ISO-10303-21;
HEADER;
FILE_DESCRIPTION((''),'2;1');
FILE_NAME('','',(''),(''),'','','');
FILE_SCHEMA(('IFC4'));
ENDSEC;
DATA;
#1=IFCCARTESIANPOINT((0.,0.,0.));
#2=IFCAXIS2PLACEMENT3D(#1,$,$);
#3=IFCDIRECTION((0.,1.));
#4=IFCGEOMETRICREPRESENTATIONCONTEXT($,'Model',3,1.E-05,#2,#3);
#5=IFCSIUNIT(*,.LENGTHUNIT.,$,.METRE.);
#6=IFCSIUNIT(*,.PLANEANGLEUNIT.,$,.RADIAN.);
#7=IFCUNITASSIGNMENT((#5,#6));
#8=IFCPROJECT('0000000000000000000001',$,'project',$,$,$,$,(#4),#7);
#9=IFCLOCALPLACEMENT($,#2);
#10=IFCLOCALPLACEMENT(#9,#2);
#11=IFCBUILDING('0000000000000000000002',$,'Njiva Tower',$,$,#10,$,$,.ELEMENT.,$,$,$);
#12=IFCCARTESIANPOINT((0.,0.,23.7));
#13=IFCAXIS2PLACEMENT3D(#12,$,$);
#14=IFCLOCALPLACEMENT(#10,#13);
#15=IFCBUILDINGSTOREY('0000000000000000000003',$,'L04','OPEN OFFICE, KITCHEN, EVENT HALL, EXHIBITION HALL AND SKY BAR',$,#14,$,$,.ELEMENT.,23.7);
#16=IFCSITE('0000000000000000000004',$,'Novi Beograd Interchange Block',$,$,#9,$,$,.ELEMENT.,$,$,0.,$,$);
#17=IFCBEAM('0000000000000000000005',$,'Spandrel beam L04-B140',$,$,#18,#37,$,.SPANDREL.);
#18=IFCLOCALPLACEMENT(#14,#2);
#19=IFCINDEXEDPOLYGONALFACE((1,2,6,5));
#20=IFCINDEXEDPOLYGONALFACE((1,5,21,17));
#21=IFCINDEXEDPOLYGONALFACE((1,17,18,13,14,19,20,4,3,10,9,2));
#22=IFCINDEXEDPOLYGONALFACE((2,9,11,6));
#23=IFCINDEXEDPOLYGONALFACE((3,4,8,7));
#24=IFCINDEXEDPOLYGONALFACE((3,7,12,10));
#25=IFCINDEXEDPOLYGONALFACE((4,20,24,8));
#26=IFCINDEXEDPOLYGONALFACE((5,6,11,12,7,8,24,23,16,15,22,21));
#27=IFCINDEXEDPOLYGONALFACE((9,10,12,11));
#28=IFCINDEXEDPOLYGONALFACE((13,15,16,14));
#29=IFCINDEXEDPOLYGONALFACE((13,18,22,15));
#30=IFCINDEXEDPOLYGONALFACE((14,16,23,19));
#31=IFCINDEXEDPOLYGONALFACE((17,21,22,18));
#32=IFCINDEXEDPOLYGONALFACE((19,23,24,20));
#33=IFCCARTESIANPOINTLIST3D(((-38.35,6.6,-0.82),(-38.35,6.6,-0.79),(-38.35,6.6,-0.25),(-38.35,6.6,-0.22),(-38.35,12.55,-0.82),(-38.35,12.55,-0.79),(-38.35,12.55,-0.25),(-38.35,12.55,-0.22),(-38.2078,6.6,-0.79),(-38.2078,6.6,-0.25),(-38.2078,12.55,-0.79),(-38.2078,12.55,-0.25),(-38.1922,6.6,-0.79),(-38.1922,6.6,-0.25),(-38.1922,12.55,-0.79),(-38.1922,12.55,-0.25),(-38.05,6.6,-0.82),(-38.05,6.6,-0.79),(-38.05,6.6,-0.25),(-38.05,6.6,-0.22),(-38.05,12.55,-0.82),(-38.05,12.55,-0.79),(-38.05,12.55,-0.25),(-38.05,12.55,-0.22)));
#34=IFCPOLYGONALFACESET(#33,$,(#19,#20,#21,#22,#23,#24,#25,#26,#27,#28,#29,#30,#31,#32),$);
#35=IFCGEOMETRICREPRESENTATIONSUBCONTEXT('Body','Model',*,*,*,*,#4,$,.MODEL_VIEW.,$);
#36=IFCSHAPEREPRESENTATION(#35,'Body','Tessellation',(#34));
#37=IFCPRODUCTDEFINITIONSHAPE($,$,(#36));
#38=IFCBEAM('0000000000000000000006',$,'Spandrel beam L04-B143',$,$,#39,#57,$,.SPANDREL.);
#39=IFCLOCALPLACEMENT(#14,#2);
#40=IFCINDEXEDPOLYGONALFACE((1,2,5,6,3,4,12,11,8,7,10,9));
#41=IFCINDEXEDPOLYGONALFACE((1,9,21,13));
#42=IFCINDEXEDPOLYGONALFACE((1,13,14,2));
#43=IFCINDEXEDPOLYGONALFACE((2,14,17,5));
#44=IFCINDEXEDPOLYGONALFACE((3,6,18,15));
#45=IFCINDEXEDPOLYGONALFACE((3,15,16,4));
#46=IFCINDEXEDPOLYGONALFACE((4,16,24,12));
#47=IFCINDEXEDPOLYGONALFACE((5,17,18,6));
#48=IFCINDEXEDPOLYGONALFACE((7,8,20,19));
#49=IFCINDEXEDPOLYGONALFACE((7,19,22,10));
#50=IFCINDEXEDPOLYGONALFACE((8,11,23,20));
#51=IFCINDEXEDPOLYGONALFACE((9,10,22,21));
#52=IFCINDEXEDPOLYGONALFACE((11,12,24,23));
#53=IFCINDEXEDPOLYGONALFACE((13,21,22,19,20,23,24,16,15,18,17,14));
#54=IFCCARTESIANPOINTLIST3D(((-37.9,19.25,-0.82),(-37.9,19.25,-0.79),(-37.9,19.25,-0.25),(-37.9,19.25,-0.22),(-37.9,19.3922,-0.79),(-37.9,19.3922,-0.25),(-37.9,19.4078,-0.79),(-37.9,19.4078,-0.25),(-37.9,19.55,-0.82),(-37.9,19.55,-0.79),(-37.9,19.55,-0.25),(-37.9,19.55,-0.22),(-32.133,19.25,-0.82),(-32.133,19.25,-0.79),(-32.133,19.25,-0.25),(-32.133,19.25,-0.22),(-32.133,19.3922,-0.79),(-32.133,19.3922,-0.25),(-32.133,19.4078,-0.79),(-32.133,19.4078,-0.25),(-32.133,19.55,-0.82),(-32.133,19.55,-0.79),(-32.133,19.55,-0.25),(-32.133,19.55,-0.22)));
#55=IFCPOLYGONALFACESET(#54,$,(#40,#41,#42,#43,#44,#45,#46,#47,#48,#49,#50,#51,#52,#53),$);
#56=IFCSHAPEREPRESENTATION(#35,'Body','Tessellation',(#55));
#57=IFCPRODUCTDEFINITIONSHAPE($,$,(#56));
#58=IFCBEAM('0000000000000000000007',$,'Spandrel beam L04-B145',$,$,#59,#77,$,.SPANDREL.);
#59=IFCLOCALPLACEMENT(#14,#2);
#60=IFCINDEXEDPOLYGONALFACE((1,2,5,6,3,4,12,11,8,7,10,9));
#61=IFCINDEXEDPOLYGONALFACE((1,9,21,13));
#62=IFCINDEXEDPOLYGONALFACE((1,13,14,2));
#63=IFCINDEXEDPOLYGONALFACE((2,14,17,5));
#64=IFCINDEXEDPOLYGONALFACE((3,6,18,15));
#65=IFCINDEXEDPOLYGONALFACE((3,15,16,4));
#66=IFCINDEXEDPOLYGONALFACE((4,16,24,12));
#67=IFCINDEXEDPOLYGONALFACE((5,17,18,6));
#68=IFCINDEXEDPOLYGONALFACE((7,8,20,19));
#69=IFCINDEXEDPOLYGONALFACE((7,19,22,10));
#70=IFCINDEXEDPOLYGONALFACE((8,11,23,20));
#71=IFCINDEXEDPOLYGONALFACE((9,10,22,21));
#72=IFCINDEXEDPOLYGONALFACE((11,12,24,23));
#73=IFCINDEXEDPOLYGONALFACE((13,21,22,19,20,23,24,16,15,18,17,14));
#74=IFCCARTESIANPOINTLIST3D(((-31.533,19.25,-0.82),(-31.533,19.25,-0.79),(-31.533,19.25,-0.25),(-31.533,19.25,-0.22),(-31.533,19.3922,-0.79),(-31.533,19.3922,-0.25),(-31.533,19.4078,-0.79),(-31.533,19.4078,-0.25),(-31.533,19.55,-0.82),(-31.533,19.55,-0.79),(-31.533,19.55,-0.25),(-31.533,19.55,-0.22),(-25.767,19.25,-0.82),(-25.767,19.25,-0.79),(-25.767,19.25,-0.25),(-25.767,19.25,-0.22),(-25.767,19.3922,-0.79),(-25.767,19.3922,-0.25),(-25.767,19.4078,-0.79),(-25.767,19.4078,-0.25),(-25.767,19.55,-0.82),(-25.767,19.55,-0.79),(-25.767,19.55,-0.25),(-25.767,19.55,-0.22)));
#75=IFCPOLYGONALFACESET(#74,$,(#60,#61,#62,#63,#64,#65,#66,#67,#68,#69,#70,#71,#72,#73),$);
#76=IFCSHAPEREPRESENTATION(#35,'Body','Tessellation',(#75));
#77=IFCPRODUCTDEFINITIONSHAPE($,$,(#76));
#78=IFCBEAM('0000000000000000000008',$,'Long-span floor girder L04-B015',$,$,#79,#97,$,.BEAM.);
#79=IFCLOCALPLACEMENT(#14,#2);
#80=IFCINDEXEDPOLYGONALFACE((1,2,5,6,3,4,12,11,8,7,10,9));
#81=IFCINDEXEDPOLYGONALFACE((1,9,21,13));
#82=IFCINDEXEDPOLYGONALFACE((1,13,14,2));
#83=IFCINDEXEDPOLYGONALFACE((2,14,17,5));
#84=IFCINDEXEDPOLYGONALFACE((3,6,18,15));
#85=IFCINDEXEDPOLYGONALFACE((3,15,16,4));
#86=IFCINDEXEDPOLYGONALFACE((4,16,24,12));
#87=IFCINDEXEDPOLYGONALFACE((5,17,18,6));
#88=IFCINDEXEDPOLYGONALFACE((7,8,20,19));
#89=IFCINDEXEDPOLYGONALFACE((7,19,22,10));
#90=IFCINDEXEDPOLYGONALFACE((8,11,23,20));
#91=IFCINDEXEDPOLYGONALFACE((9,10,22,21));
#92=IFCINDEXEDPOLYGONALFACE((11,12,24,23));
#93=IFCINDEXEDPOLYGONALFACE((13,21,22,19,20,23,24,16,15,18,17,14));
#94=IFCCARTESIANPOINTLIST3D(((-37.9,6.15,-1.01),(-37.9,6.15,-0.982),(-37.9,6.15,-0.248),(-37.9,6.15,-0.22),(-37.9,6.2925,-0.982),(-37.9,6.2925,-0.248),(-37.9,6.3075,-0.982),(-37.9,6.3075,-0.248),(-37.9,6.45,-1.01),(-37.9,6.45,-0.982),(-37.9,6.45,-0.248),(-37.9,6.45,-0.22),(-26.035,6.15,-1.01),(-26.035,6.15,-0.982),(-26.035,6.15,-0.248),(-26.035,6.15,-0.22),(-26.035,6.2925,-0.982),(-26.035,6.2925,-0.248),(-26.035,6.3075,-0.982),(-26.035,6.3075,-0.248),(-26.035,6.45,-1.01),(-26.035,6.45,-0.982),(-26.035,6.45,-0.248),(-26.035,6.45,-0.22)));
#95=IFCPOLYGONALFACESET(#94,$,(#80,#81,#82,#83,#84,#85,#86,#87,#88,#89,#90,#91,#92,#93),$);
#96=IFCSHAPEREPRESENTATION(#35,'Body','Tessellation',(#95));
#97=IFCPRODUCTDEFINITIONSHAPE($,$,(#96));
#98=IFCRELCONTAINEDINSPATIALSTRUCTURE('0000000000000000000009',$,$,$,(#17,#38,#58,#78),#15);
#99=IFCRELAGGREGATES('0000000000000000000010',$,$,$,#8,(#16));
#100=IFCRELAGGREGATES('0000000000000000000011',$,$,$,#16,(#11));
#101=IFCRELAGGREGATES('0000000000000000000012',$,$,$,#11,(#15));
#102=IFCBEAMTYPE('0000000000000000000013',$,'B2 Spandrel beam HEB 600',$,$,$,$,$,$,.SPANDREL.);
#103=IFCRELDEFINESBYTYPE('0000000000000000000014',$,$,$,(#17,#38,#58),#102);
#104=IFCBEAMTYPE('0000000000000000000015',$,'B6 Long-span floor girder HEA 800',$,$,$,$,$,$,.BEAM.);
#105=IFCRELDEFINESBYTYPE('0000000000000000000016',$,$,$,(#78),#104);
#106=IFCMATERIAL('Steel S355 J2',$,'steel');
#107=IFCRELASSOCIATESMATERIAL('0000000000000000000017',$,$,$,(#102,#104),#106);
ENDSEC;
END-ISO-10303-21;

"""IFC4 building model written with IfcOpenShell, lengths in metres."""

from ifc_helpers import new_model, si_unit, direction, frame, origin, origin_2d, place, context, subcontext, project, spatial, i_section, extrude, material, material_profile, profile_set, type_object, element, save


model = new_model("IFC4")

# Units and contexts
model_context = context("Model", 3, precision=1e-05, world=origin(), true_north=direction((0.0, 1.0)))
body_context = subcontext(model_context, "Body", "Model", "MODEL_VIEW")
ifc_project = project(units=[si_unit("LENGTHUNIT", "METRE"), si_unit("PLANEANGLEUNIT", "RADIAN")], contexts=[model_context])

# Site, building, storey
site_placement = place(None, origin())
site = spatial("IfcSite", under=ifc_project, at=site_placement, Name="Novi Beograd Interchange Block", CompositionType="ELEMENT", RefElevation=0.0)
building_placement = place(site_placement, origin())
building = spatial("IfcBuilding", under=site, at=building_placement, Name="Njiva Tower", CompositionType="ELEMENT")
storey_placement = place(building_placement, frame((0.0, 0.0, 23.7)))
storey = spatial("IfcBuildingStorey", under=building, at=storey_placement, Name="L04", Description="OPEN OFFICE, KITCHEN, EVENT HALL, EXHIBITION HALL AND SKY BAR", CompositionType="ELEMENT", Elevation=23.7)

# Shared definitions
ifc_material_1 = material(Name="Steel S355 J2", Category="steel")

# Beams
ifc_material_profile_1 = material_profile(ifc_material_1, i_section(OverallWidth=0.3, OverallDepth=0.6, WebThickness=0.0155, FlangeThickness=0.03, at=origin_2d()), Name="HEB 600")
ifc_profile_set_1 = profile_set([ifc_material_profile_1], Name="Steel S355 J2")
beam_type_1 = type_object("IfcBeamType", Name="B2 Spandrel beam HEB 600", PredefinedType="SPANDREL", material=ifc_profile_set_1)
for number, where, z_axis, x_axis, name in (
    (1, (-38.2, 12.55, -0.52), (0.0, -1.0, 0.0), (1.0, 0.0, 0.0), "Spandrel beam L04-B140"),
):
    element("IfcBeam", number, at=place(storey_placement, frame(where, z_axis=z_axis, x_axis=x_axis)), inside=storey, type_object=beam_type_1, Name=name, PredefinedType="SPANDREL", context=body_context, shape_type="SweptSolid", body=[
        extrude(i_section(OverallWidth=0.3, OverallDepth=0.6, WebThickness=0.0155, FlangeThickness=0.03, at=origin_2d()), origin(), (0.0, 0.0, 1.0), 5.95),
    ])
beam_1_placement = place(storey_placement, frame((-37.9, 19.4, -0.52), z_axis=(1.0, 0.0, 0.0), x_axis=(0.0, 1.0, 0.0)))
element("IfcBeam", 2, at=beam_1_placement, inside=storey, type_object=beam_type_1, Name="Spandrel beam L04-B143", PredefinedType="SPANDREL", context=body_context, shape_type="SweptSolid", body=[
    extrude(i_section(OverallWidth=0.3, OverallDepth=0.6, WebThickness=0.0155, FlangeThickness=0.03, at=origin_2d()), origin(), (0.0, 0.0, 1.0), 5.767),
])
beam_2_placement = place(storey_placement, frame((-31.533, 19.4, -0.52), z_axis=(1.0, 0.0, 0.0), x_axis=(0.0, 1.0, 0.0)))
element("IfcBeam", 3, at=beam_2_placement, inside=storey, type_object=beam_type_1, Name="Spandrel beam L04-B145", PredefinedType="SPANDREL", context=body_context, shape_type="SweptSolid", body=[
    extrude(i_section(OverallWidth=0.3, OverallDepth=0.6, WebThickness=0.0155, FlangeThickness=0.03, at=origin_2d()), origin(), (0.0, 0.0, 1.0), 5.766),
])
ifc_material_profile_2 = material_profile(ifc_material_1, i_section(OverallWidth=0.3, OverallDepth=0.79, WebThickness=0.015, FlangeThickness=0.028, at=origin_2d()), Name="HEA 800")
ifc_profile_set_2 = profile_set([ifc_material_profile_2], Name="Steel S355 J2")
beam_type_2 = type_object("IfcBeamType", Name="B6 Long-span floor girder HEA 800", PredefinedType="BEAM", material=ifc_profile_set_2)
beam_3_placement = place(storey_placement, frame((-37.9, 6.3, -0.615), z_axis=(1.0, 0.0, 0.0), x_axis=(0.0, 1.0, 0.0)))
element("IfcBeam", 4, at=beam_3_placement, inside=storey, type_object=beam_type_2, Name="Long-span floor girder L04-B015", PredefinedType="BEAM", context=body_context, shape_type="SweptSolid", body=[
    extrude(i_section(OverallWidth=0.3, OverallDepth=0.79, WebThickness=0.015, FlangeThickness=0.028, at=origin_2d()), origin(), (0.0, 0.0, 1.0), 11.865),
])

save(model, "model.ifc")
